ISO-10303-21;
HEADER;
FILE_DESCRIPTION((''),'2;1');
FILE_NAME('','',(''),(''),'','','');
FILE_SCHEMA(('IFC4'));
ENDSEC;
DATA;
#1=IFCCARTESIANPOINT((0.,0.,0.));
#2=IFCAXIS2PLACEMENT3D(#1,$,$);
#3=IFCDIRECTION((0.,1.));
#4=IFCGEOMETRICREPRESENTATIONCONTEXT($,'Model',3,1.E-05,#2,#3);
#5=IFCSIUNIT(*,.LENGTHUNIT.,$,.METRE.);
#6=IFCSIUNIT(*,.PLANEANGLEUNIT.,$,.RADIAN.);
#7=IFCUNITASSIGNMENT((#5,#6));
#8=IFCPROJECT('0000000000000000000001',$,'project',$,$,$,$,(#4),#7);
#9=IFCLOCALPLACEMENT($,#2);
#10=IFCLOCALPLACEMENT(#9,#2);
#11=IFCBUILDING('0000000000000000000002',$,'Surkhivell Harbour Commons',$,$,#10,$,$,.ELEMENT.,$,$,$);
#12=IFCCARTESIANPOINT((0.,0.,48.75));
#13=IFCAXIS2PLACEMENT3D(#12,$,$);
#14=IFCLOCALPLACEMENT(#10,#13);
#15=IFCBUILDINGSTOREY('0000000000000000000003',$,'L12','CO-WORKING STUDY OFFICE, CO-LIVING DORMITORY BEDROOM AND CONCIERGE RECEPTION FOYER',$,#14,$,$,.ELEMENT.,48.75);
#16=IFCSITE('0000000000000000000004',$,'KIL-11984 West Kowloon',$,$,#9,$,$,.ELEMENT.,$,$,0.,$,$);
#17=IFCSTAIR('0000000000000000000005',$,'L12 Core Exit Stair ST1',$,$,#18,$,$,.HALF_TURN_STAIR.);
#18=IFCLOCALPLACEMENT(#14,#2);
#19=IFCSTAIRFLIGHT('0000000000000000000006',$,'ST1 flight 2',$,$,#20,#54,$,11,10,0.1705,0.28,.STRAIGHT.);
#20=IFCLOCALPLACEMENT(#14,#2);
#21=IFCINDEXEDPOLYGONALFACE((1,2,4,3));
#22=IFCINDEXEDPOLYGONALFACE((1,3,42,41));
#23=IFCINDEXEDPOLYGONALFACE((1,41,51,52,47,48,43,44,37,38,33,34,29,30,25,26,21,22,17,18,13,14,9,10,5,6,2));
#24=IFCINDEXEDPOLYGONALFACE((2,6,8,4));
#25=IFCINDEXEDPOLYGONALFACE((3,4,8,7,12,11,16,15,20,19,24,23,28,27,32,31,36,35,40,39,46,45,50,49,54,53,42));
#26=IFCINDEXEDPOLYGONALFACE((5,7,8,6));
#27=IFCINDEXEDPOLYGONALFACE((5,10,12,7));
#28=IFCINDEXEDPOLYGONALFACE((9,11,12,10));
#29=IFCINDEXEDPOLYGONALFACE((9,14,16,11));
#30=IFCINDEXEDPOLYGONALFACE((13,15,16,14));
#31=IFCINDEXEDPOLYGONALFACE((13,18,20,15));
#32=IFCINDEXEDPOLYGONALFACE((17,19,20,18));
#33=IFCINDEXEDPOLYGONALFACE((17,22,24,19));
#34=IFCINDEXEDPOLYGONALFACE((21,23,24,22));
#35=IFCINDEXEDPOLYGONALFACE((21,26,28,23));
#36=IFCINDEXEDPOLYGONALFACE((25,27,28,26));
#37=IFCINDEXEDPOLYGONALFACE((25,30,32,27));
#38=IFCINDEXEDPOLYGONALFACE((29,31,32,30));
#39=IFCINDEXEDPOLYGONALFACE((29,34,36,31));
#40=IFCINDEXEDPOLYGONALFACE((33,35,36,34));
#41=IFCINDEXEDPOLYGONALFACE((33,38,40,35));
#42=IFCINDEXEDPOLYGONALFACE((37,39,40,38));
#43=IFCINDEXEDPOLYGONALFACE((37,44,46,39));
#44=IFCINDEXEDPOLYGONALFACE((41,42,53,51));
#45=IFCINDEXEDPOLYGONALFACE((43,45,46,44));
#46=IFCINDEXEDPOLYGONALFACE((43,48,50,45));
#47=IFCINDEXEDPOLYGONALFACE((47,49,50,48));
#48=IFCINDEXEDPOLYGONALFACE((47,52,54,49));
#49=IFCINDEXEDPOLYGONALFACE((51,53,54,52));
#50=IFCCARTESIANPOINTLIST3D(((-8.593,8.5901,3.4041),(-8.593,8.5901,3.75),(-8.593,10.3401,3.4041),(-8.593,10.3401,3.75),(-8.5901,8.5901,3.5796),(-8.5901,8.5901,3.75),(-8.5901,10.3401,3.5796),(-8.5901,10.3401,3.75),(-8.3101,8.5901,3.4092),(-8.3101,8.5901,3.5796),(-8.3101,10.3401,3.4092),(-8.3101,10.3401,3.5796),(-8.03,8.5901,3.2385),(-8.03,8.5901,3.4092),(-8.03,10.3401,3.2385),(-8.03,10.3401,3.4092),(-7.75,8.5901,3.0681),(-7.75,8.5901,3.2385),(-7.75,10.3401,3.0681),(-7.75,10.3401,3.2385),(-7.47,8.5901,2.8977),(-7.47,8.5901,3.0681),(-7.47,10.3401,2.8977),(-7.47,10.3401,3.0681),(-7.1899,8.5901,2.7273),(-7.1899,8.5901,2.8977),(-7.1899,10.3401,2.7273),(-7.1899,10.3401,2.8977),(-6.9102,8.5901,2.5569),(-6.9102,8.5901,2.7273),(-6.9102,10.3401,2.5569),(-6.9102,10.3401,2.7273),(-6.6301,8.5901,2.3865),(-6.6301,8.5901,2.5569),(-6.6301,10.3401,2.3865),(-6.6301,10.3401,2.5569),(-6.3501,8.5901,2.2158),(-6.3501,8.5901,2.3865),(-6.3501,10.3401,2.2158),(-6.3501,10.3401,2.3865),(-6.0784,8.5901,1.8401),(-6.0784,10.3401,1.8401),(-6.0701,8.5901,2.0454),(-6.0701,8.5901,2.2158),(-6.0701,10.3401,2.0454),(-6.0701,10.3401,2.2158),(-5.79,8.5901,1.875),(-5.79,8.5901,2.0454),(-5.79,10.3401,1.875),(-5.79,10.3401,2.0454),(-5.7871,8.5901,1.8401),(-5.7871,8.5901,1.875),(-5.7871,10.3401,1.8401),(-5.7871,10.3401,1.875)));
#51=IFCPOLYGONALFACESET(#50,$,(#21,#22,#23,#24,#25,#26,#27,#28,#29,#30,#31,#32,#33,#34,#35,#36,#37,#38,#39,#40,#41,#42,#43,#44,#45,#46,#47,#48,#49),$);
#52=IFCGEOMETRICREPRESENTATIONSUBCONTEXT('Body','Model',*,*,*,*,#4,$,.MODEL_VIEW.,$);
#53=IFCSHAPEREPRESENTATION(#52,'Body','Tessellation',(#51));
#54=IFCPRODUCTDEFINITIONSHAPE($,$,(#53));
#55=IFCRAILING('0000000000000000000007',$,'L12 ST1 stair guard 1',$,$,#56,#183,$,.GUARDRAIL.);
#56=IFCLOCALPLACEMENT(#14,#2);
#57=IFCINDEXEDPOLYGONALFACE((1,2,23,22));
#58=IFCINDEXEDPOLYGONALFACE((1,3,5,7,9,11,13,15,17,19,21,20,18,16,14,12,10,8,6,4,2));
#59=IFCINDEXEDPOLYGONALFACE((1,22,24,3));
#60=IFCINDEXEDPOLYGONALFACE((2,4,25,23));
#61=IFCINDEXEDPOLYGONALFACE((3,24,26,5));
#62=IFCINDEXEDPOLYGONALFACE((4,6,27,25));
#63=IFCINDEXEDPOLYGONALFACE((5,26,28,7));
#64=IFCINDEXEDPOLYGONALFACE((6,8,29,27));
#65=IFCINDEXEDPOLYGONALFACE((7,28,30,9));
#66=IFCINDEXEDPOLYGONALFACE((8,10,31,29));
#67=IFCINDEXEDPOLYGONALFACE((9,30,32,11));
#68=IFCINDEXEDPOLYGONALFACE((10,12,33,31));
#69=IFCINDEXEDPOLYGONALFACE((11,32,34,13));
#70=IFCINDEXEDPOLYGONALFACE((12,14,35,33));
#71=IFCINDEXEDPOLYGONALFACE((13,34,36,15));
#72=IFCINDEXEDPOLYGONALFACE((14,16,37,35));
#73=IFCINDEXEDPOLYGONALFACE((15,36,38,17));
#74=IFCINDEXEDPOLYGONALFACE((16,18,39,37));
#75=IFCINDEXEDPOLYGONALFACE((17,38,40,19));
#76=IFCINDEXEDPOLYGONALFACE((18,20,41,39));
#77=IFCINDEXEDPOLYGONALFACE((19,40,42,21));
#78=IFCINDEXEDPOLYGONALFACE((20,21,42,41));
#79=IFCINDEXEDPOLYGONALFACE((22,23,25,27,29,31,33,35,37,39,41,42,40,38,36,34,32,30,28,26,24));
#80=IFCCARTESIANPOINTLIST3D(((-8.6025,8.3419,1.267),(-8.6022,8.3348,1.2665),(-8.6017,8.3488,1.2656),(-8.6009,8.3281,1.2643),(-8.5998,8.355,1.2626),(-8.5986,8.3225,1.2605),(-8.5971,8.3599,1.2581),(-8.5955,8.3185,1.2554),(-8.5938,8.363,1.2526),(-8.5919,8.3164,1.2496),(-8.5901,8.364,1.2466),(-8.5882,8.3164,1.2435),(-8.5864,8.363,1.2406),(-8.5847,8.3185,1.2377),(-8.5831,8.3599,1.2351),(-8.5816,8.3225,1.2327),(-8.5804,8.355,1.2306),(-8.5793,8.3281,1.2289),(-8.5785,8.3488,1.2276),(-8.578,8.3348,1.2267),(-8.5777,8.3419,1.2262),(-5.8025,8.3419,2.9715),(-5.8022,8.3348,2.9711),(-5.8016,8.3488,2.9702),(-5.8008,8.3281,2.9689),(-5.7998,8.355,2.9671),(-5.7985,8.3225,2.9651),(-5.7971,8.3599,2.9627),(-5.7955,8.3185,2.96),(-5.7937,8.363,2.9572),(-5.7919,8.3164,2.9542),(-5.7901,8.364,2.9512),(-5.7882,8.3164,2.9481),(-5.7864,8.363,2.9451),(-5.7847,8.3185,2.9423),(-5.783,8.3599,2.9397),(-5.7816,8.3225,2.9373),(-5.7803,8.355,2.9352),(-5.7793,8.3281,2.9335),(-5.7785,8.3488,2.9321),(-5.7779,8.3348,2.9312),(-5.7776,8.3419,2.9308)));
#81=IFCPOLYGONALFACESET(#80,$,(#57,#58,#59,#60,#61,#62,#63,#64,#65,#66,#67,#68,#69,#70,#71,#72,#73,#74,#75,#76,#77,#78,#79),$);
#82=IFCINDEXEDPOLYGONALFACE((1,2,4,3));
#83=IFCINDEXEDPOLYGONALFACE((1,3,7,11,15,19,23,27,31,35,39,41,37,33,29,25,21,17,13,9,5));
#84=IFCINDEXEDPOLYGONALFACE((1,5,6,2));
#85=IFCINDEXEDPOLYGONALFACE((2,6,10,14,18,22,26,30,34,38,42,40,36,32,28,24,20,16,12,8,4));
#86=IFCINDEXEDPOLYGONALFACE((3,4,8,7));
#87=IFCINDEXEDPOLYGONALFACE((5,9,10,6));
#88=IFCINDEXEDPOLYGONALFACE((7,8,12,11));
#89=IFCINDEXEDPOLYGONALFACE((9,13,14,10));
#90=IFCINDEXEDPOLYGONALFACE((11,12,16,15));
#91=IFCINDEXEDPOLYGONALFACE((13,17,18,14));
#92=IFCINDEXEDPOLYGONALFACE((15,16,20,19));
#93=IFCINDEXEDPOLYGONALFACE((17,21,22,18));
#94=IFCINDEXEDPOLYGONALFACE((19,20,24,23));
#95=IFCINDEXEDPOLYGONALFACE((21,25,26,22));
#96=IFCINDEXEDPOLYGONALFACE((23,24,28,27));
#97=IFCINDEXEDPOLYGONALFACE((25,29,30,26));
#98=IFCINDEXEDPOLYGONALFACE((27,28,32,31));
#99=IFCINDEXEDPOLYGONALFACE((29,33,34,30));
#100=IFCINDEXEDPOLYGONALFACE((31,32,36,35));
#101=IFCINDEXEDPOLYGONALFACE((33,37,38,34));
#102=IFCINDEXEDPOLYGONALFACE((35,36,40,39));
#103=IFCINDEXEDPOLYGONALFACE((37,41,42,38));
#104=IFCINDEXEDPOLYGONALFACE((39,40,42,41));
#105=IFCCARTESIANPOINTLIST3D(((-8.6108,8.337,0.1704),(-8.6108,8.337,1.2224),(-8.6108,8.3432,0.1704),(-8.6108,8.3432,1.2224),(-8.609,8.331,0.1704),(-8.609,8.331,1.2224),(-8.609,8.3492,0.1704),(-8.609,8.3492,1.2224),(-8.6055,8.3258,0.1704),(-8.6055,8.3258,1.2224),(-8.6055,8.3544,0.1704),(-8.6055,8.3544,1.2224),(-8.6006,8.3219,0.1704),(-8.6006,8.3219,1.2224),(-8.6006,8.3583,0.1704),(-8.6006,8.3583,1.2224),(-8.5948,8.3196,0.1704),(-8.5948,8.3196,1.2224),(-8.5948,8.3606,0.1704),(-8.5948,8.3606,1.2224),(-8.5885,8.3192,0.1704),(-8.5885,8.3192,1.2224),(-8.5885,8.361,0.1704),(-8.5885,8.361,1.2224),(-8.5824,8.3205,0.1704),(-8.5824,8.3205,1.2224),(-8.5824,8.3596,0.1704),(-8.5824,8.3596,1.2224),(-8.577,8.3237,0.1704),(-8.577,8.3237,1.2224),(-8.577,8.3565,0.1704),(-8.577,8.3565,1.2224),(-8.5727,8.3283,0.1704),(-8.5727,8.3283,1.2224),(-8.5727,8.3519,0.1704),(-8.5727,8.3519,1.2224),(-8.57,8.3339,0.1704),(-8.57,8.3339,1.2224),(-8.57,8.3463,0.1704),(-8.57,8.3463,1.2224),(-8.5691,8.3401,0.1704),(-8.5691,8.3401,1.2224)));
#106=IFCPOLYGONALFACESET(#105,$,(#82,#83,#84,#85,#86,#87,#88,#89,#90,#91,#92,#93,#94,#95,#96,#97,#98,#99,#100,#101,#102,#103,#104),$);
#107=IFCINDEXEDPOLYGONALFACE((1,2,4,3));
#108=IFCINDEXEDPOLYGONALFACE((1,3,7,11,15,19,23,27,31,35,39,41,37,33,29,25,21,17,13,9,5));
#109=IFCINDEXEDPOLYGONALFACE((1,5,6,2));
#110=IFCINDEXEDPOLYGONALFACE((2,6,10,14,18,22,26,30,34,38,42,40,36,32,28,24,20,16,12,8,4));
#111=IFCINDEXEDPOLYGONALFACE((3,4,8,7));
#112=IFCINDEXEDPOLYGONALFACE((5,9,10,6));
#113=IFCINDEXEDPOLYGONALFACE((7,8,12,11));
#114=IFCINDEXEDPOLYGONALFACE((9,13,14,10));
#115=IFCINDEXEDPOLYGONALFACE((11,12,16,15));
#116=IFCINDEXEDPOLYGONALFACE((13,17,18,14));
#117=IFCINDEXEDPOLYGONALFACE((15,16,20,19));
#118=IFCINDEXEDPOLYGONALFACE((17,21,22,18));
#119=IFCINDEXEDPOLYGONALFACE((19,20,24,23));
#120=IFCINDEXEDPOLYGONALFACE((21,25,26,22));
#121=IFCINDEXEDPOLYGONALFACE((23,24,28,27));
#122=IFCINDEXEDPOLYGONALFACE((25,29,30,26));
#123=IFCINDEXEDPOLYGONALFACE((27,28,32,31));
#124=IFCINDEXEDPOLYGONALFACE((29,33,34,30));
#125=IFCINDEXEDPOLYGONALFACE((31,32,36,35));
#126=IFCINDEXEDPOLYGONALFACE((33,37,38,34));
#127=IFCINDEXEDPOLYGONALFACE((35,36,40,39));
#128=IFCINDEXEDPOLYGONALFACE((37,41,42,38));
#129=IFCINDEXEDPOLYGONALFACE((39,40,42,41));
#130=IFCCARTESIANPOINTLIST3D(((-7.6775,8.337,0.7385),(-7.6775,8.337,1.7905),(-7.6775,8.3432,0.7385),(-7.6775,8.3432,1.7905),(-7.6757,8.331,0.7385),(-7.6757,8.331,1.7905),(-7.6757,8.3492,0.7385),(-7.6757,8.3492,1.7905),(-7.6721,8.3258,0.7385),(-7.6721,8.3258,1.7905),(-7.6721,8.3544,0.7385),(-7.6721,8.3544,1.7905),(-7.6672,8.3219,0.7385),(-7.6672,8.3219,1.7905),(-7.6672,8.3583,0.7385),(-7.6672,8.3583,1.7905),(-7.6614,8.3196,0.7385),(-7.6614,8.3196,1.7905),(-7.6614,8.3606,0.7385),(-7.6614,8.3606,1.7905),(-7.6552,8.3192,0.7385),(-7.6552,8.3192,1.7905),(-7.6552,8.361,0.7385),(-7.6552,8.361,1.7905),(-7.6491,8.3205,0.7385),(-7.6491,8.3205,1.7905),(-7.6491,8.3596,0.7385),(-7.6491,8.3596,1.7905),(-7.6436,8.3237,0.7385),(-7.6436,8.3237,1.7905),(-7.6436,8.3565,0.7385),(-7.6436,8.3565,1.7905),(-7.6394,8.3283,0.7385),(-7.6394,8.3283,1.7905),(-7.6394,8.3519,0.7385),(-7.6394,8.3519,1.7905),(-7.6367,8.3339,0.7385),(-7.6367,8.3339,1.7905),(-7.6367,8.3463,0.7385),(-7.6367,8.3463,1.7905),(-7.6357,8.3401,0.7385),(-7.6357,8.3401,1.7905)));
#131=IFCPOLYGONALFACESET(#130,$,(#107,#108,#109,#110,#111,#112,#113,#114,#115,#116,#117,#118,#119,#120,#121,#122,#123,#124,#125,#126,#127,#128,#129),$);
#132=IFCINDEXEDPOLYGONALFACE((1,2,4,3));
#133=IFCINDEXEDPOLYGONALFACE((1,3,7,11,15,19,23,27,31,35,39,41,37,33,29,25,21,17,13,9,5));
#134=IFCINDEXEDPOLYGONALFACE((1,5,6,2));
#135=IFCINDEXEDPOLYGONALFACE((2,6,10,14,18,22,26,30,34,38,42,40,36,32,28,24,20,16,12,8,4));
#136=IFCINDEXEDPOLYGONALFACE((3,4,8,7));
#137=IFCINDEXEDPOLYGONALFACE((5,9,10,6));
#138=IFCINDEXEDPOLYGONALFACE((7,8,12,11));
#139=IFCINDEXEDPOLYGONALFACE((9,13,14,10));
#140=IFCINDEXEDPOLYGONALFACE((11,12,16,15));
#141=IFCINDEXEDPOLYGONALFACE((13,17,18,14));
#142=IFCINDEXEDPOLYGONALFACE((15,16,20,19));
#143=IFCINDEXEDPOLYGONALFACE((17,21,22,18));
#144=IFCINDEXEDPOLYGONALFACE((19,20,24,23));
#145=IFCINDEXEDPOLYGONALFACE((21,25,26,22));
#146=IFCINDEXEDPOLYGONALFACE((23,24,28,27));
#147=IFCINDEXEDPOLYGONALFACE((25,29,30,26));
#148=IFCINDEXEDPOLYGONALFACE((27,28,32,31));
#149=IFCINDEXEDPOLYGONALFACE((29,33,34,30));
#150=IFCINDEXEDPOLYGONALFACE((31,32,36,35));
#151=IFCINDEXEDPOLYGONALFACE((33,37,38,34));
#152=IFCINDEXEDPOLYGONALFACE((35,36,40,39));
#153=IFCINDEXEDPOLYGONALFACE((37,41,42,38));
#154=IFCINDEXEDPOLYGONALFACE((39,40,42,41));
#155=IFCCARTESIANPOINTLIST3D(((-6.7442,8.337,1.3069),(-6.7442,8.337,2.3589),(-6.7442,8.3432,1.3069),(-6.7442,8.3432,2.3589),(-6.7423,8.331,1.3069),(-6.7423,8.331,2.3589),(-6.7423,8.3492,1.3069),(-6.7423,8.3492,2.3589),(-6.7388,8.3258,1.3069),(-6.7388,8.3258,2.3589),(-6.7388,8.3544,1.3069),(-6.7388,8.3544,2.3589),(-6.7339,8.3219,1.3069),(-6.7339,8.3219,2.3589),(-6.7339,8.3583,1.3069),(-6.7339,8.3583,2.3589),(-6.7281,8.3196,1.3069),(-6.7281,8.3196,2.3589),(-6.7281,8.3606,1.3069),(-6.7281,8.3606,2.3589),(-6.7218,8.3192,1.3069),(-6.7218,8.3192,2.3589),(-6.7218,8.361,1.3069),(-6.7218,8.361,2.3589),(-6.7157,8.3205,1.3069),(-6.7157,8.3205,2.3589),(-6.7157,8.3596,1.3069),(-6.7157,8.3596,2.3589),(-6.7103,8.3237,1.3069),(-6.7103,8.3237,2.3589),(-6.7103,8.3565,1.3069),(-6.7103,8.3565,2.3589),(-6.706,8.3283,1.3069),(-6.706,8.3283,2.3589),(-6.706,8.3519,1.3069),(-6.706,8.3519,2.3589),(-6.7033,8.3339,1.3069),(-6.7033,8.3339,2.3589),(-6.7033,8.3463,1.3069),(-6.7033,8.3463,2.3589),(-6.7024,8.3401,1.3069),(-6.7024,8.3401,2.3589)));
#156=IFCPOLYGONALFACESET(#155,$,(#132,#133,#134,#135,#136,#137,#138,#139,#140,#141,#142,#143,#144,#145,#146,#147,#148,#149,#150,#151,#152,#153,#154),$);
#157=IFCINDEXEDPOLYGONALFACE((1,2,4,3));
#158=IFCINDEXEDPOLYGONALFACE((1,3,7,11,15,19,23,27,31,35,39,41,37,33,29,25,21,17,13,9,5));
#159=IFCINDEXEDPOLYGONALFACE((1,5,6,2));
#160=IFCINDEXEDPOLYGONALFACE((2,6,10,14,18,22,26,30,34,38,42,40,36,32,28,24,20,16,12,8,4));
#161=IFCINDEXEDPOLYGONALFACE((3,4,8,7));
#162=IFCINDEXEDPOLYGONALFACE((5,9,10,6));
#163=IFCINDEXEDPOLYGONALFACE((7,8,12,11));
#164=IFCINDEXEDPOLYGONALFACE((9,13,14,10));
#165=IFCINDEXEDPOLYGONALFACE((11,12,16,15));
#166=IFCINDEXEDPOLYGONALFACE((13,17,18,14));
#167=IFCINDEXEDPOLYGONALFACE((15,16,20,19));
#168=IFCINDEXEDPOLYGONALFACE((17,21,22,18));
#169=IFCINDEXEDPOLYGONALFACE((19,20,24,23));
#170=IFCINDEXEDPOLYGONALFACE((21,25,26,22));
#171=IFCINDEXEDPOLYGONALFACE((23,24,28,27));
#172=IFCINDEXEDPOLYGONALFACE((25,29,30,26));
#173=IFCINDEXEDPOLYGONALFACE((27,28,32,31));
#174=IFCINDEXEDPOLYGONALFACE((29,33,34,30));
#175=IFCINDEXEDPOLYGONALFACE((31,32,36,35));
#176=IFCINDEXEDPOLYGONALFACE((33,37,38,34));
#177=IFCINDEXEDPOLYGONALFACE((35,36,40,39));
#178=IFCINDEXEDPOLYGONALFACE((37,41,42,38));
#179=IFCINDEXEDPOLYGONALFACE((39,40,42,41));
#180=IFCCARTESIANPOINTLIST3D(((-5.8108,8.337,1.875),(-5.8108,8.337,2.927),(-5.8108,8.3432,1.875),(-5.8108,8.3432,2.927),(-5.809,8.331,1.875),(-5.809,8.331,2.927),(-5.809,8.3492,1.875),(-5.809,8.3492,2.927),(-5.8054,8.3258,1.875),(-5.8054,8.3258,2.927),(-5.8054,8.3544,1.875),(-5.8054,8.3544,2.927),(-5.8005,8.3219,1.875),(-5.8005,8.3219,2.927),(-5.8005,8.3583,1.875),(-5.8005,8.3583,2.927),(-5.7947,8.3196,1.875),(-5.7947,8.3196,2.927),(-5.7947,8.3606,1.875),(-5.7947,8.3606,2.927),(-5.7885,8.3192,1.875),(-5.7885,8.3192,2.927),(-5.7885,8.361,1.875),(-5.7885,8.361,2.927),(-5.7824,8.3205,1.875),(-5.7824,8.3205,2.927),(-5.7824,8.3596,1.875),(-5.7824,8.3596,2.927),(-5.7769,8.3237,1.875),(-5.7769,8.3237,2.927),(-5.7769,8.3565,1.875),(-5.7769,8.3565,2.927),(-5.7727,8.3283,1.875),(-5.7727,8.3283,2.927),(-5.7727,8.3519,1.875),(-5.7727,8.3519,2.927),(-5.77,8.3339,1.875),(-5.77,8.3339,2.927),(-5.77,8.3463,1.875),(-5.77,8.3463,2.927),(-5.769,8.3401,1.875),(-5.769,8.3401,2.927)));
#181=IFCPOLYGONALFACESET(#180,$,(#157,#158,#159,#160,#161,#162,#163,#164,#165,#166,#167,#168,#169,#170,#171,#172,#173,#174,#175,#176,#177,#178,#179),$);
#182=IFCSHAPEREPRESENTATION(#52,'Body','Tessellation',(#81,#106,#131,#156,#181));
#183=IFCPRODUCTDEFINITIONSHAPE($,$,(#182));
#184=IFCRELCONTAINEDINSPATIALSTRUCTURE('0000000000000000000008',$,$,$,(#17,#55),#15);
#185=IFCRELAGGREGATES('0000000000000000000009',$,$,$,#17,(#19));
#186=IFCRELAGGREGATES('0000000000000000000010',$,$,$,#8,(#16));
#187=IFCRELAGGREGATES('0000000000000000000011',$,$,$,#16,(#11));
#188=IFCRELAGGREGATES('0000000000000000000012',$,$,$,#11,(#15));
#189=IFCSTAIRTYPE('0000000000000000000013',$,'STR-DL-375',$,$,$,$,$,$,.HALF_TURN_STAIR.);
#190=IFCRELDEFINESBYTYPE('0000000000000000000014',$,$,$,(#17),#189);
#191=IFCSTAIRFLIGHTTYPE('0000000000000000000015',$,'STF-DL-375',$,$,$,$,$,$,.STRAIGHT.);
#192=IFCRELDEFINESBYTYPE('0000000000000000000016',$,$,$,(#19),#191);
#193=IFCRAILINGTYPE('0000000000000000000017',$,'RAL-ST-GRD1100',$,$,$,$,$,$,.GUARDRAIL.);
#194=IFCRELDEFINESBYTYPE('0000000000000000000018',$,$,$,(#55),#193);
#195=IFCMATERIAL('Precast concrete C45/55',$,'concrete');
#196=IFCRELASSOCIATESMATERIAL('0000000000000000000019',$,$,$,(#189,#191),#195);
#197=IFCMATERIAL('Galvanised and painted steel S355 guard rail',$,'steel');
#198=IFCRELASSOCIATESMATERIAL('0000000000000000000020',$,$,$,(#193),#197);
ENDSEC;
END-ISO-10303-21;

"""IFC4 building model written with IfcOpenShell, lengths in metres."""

from ifc_helpers import new_model, si_unit, direction, frame, origin, origin_2d, place, context, subcontext, project, spatial, polyline, circle, outline, extrude, material, type_object, element, aggregate, save


model = new_model("IFC4")

# Units and contexts
model_context = context("Model", 3, precision=1e-05, world=origin(), true_north=direction((0.0, 1.0)))
body_context = subcontext(model_context, "Body", "Model", "MODEL_VIEW")
ifc_project = project(units=[si_unit("LENGTHUNIT", "METRE"), si_unit("PLANEANGLEUNIT", "RADIAN")], contexts=[model_context])

# Site, building, storey
site_placement = place(None, origin())
site = spatial("IfcSite", under=ifc_project, at=site_placement, Name="KIL-11984 West Kowloon", CompositionType="ELEMENT", RefElevation=0.0)
building_placement = place(site_placement, origin())
building = spatial("IfcBuilding", under=site, at=building_placement, Name="Surkhivell Harbour Commons", CompositionType="ELEMENT")
storey_placement = place(building_placement, frame((0.0, 0.0, 48.75)))
storey = spatial("IfcBuildingStorey", under=building, at=storey_placement, Name="L12", Description="CO-WORKING STUDY OFFICE, CO-LIVING DORMITORY BEDROOM AND CONCIERGE RECEPTION FOYER", CompositionType="ELEMENT", Elevation=48.75)

# Stair, stair flight
ifc_material_1 = material(Name="Precast concrete C45/55", Category="concrete")
stair_type = type_object("IfcStairType", Name="STR-DL-375", PredefinedType="HALF_TURN_STAIR", material=ifc_material_1)
stair_placement = place(storey_placement, origin())
stair = element("IfcStair", 1, at=stair_placement, inside=storey, type_object=stair_type, Name="L12 Core Exit Stair ST1", PredefinedType="HALF_TURN_STAIR")
stair_flight_type = type_object("IfcStairFlightType", Name="STF-DL-375", PredefinedType="STRAIGHT", material=ifc_material_1)
stair_flight_1_placement = place(storey_placement, frame((-5.79, 9.4651, 1.875), z_axis=(0.0, 0.0, 1.0), x_axis=(-1.0, 0.0, 0.0)))
stair_flight_1 = element("IfcStairFlight", 2, at=stair_flight_1_placement, type_object=stair_flight_type, Name="ST1 flight 2", NumberOfRisers=11, NumberOfTreads=10, PredefinedType="STRAIGHT", RiserHeight=0.1705, TreadLength=0.28, context=body_context, shape_type="SweptSolid", body=[
    extrude(outline(polyline([(-0.0029, -0.0349), (-0.0029, 0.0), (0.0, 0.0), (0.0, 0.1704), (0.28, 0.1704), (0.28, 0.3408), (0.5601, 0.3408), (0.5601, 0.5115), (0.8401, 0.5115), (0.8401, 0.6819), (1.1201, 0.6819), (1.1201, 0.8523), (1.3999, 0.8523), (1.3999, 1.0227), (1.6799, 1.0227), (1.6799, 1.1931), (1.96, 1.1931), (1.96, 1.3635), (2.24, 1.3635), (2.24, 1.5342), (2.52, 1.5342), (2.52, 1.7046), (2.8, 1.7046), (2.8, 1.875), (2.803, 1.875), (2.803, 1.5291), (0.2883, -0.0349), (-0.0029, -0.0349)])), frame((0.0, 0.875, 0.0), z_axis=(0.0, -1.0, 0.0), x_axis=(1.0, 0.0, 0.0)), (0.0, 0.0, 1.0), 1.75),
])
aggregate(stair, [stair_flight_1])

# Railing
ifc_material_2 = material(Name="Galvanised and painted steel S355 guard rail", Category="steel")
railing_type_1 = type_object("IfcRailingType", Name="RAL-ST-GRD1100", PredefinedType="GUARDRAIL", material=ifc_material_2)
railing_1_placement = place(storey_placement, frame((-8.5901, 8.3401, 0.1704)))
element("IfcRailing", 3, at=railing_1_placement, inside=storey, type_object=railing_type_1, Name="L12 ST1 stair guard 1", PredefinedType="GUARDRAIL", context=body_context, shape_type="SweptSolid", body=[
    extrude(circle(Radius=0.0239, at=origin_2d()), frame((0.0, 0.0, 1.0762), z_axis=(0.85417, 0.0, 0.519994), x_axis=(0.0, 1.0, 0.0)), (0.0, 0.0, 1.0), 3.2781),
    extrude(circle(Radius=0.021, at=origin_2d()), origin(), (0.0, 0.0, 1.0), 1.052),
    extrude(circle(Radius=0.021, at=origin_2d()), frame((0.9333, 0.0, 0.5681)), (0.0, 0.0, 1.0), 1.052),
    extrude(circle(Radius=0.021, at=origin_2d()), frame((1.8667, 0.0, 1.1365)), (0.0, 0.0, 1.0), 1.052),
    extrude(circle(Radius=0.021, at=origin_2d()), frame((2.8, 0.0, 1.7046)), (0.0, 0.0, 1.0), 1.052),
])

save(model, "model.ifc")
